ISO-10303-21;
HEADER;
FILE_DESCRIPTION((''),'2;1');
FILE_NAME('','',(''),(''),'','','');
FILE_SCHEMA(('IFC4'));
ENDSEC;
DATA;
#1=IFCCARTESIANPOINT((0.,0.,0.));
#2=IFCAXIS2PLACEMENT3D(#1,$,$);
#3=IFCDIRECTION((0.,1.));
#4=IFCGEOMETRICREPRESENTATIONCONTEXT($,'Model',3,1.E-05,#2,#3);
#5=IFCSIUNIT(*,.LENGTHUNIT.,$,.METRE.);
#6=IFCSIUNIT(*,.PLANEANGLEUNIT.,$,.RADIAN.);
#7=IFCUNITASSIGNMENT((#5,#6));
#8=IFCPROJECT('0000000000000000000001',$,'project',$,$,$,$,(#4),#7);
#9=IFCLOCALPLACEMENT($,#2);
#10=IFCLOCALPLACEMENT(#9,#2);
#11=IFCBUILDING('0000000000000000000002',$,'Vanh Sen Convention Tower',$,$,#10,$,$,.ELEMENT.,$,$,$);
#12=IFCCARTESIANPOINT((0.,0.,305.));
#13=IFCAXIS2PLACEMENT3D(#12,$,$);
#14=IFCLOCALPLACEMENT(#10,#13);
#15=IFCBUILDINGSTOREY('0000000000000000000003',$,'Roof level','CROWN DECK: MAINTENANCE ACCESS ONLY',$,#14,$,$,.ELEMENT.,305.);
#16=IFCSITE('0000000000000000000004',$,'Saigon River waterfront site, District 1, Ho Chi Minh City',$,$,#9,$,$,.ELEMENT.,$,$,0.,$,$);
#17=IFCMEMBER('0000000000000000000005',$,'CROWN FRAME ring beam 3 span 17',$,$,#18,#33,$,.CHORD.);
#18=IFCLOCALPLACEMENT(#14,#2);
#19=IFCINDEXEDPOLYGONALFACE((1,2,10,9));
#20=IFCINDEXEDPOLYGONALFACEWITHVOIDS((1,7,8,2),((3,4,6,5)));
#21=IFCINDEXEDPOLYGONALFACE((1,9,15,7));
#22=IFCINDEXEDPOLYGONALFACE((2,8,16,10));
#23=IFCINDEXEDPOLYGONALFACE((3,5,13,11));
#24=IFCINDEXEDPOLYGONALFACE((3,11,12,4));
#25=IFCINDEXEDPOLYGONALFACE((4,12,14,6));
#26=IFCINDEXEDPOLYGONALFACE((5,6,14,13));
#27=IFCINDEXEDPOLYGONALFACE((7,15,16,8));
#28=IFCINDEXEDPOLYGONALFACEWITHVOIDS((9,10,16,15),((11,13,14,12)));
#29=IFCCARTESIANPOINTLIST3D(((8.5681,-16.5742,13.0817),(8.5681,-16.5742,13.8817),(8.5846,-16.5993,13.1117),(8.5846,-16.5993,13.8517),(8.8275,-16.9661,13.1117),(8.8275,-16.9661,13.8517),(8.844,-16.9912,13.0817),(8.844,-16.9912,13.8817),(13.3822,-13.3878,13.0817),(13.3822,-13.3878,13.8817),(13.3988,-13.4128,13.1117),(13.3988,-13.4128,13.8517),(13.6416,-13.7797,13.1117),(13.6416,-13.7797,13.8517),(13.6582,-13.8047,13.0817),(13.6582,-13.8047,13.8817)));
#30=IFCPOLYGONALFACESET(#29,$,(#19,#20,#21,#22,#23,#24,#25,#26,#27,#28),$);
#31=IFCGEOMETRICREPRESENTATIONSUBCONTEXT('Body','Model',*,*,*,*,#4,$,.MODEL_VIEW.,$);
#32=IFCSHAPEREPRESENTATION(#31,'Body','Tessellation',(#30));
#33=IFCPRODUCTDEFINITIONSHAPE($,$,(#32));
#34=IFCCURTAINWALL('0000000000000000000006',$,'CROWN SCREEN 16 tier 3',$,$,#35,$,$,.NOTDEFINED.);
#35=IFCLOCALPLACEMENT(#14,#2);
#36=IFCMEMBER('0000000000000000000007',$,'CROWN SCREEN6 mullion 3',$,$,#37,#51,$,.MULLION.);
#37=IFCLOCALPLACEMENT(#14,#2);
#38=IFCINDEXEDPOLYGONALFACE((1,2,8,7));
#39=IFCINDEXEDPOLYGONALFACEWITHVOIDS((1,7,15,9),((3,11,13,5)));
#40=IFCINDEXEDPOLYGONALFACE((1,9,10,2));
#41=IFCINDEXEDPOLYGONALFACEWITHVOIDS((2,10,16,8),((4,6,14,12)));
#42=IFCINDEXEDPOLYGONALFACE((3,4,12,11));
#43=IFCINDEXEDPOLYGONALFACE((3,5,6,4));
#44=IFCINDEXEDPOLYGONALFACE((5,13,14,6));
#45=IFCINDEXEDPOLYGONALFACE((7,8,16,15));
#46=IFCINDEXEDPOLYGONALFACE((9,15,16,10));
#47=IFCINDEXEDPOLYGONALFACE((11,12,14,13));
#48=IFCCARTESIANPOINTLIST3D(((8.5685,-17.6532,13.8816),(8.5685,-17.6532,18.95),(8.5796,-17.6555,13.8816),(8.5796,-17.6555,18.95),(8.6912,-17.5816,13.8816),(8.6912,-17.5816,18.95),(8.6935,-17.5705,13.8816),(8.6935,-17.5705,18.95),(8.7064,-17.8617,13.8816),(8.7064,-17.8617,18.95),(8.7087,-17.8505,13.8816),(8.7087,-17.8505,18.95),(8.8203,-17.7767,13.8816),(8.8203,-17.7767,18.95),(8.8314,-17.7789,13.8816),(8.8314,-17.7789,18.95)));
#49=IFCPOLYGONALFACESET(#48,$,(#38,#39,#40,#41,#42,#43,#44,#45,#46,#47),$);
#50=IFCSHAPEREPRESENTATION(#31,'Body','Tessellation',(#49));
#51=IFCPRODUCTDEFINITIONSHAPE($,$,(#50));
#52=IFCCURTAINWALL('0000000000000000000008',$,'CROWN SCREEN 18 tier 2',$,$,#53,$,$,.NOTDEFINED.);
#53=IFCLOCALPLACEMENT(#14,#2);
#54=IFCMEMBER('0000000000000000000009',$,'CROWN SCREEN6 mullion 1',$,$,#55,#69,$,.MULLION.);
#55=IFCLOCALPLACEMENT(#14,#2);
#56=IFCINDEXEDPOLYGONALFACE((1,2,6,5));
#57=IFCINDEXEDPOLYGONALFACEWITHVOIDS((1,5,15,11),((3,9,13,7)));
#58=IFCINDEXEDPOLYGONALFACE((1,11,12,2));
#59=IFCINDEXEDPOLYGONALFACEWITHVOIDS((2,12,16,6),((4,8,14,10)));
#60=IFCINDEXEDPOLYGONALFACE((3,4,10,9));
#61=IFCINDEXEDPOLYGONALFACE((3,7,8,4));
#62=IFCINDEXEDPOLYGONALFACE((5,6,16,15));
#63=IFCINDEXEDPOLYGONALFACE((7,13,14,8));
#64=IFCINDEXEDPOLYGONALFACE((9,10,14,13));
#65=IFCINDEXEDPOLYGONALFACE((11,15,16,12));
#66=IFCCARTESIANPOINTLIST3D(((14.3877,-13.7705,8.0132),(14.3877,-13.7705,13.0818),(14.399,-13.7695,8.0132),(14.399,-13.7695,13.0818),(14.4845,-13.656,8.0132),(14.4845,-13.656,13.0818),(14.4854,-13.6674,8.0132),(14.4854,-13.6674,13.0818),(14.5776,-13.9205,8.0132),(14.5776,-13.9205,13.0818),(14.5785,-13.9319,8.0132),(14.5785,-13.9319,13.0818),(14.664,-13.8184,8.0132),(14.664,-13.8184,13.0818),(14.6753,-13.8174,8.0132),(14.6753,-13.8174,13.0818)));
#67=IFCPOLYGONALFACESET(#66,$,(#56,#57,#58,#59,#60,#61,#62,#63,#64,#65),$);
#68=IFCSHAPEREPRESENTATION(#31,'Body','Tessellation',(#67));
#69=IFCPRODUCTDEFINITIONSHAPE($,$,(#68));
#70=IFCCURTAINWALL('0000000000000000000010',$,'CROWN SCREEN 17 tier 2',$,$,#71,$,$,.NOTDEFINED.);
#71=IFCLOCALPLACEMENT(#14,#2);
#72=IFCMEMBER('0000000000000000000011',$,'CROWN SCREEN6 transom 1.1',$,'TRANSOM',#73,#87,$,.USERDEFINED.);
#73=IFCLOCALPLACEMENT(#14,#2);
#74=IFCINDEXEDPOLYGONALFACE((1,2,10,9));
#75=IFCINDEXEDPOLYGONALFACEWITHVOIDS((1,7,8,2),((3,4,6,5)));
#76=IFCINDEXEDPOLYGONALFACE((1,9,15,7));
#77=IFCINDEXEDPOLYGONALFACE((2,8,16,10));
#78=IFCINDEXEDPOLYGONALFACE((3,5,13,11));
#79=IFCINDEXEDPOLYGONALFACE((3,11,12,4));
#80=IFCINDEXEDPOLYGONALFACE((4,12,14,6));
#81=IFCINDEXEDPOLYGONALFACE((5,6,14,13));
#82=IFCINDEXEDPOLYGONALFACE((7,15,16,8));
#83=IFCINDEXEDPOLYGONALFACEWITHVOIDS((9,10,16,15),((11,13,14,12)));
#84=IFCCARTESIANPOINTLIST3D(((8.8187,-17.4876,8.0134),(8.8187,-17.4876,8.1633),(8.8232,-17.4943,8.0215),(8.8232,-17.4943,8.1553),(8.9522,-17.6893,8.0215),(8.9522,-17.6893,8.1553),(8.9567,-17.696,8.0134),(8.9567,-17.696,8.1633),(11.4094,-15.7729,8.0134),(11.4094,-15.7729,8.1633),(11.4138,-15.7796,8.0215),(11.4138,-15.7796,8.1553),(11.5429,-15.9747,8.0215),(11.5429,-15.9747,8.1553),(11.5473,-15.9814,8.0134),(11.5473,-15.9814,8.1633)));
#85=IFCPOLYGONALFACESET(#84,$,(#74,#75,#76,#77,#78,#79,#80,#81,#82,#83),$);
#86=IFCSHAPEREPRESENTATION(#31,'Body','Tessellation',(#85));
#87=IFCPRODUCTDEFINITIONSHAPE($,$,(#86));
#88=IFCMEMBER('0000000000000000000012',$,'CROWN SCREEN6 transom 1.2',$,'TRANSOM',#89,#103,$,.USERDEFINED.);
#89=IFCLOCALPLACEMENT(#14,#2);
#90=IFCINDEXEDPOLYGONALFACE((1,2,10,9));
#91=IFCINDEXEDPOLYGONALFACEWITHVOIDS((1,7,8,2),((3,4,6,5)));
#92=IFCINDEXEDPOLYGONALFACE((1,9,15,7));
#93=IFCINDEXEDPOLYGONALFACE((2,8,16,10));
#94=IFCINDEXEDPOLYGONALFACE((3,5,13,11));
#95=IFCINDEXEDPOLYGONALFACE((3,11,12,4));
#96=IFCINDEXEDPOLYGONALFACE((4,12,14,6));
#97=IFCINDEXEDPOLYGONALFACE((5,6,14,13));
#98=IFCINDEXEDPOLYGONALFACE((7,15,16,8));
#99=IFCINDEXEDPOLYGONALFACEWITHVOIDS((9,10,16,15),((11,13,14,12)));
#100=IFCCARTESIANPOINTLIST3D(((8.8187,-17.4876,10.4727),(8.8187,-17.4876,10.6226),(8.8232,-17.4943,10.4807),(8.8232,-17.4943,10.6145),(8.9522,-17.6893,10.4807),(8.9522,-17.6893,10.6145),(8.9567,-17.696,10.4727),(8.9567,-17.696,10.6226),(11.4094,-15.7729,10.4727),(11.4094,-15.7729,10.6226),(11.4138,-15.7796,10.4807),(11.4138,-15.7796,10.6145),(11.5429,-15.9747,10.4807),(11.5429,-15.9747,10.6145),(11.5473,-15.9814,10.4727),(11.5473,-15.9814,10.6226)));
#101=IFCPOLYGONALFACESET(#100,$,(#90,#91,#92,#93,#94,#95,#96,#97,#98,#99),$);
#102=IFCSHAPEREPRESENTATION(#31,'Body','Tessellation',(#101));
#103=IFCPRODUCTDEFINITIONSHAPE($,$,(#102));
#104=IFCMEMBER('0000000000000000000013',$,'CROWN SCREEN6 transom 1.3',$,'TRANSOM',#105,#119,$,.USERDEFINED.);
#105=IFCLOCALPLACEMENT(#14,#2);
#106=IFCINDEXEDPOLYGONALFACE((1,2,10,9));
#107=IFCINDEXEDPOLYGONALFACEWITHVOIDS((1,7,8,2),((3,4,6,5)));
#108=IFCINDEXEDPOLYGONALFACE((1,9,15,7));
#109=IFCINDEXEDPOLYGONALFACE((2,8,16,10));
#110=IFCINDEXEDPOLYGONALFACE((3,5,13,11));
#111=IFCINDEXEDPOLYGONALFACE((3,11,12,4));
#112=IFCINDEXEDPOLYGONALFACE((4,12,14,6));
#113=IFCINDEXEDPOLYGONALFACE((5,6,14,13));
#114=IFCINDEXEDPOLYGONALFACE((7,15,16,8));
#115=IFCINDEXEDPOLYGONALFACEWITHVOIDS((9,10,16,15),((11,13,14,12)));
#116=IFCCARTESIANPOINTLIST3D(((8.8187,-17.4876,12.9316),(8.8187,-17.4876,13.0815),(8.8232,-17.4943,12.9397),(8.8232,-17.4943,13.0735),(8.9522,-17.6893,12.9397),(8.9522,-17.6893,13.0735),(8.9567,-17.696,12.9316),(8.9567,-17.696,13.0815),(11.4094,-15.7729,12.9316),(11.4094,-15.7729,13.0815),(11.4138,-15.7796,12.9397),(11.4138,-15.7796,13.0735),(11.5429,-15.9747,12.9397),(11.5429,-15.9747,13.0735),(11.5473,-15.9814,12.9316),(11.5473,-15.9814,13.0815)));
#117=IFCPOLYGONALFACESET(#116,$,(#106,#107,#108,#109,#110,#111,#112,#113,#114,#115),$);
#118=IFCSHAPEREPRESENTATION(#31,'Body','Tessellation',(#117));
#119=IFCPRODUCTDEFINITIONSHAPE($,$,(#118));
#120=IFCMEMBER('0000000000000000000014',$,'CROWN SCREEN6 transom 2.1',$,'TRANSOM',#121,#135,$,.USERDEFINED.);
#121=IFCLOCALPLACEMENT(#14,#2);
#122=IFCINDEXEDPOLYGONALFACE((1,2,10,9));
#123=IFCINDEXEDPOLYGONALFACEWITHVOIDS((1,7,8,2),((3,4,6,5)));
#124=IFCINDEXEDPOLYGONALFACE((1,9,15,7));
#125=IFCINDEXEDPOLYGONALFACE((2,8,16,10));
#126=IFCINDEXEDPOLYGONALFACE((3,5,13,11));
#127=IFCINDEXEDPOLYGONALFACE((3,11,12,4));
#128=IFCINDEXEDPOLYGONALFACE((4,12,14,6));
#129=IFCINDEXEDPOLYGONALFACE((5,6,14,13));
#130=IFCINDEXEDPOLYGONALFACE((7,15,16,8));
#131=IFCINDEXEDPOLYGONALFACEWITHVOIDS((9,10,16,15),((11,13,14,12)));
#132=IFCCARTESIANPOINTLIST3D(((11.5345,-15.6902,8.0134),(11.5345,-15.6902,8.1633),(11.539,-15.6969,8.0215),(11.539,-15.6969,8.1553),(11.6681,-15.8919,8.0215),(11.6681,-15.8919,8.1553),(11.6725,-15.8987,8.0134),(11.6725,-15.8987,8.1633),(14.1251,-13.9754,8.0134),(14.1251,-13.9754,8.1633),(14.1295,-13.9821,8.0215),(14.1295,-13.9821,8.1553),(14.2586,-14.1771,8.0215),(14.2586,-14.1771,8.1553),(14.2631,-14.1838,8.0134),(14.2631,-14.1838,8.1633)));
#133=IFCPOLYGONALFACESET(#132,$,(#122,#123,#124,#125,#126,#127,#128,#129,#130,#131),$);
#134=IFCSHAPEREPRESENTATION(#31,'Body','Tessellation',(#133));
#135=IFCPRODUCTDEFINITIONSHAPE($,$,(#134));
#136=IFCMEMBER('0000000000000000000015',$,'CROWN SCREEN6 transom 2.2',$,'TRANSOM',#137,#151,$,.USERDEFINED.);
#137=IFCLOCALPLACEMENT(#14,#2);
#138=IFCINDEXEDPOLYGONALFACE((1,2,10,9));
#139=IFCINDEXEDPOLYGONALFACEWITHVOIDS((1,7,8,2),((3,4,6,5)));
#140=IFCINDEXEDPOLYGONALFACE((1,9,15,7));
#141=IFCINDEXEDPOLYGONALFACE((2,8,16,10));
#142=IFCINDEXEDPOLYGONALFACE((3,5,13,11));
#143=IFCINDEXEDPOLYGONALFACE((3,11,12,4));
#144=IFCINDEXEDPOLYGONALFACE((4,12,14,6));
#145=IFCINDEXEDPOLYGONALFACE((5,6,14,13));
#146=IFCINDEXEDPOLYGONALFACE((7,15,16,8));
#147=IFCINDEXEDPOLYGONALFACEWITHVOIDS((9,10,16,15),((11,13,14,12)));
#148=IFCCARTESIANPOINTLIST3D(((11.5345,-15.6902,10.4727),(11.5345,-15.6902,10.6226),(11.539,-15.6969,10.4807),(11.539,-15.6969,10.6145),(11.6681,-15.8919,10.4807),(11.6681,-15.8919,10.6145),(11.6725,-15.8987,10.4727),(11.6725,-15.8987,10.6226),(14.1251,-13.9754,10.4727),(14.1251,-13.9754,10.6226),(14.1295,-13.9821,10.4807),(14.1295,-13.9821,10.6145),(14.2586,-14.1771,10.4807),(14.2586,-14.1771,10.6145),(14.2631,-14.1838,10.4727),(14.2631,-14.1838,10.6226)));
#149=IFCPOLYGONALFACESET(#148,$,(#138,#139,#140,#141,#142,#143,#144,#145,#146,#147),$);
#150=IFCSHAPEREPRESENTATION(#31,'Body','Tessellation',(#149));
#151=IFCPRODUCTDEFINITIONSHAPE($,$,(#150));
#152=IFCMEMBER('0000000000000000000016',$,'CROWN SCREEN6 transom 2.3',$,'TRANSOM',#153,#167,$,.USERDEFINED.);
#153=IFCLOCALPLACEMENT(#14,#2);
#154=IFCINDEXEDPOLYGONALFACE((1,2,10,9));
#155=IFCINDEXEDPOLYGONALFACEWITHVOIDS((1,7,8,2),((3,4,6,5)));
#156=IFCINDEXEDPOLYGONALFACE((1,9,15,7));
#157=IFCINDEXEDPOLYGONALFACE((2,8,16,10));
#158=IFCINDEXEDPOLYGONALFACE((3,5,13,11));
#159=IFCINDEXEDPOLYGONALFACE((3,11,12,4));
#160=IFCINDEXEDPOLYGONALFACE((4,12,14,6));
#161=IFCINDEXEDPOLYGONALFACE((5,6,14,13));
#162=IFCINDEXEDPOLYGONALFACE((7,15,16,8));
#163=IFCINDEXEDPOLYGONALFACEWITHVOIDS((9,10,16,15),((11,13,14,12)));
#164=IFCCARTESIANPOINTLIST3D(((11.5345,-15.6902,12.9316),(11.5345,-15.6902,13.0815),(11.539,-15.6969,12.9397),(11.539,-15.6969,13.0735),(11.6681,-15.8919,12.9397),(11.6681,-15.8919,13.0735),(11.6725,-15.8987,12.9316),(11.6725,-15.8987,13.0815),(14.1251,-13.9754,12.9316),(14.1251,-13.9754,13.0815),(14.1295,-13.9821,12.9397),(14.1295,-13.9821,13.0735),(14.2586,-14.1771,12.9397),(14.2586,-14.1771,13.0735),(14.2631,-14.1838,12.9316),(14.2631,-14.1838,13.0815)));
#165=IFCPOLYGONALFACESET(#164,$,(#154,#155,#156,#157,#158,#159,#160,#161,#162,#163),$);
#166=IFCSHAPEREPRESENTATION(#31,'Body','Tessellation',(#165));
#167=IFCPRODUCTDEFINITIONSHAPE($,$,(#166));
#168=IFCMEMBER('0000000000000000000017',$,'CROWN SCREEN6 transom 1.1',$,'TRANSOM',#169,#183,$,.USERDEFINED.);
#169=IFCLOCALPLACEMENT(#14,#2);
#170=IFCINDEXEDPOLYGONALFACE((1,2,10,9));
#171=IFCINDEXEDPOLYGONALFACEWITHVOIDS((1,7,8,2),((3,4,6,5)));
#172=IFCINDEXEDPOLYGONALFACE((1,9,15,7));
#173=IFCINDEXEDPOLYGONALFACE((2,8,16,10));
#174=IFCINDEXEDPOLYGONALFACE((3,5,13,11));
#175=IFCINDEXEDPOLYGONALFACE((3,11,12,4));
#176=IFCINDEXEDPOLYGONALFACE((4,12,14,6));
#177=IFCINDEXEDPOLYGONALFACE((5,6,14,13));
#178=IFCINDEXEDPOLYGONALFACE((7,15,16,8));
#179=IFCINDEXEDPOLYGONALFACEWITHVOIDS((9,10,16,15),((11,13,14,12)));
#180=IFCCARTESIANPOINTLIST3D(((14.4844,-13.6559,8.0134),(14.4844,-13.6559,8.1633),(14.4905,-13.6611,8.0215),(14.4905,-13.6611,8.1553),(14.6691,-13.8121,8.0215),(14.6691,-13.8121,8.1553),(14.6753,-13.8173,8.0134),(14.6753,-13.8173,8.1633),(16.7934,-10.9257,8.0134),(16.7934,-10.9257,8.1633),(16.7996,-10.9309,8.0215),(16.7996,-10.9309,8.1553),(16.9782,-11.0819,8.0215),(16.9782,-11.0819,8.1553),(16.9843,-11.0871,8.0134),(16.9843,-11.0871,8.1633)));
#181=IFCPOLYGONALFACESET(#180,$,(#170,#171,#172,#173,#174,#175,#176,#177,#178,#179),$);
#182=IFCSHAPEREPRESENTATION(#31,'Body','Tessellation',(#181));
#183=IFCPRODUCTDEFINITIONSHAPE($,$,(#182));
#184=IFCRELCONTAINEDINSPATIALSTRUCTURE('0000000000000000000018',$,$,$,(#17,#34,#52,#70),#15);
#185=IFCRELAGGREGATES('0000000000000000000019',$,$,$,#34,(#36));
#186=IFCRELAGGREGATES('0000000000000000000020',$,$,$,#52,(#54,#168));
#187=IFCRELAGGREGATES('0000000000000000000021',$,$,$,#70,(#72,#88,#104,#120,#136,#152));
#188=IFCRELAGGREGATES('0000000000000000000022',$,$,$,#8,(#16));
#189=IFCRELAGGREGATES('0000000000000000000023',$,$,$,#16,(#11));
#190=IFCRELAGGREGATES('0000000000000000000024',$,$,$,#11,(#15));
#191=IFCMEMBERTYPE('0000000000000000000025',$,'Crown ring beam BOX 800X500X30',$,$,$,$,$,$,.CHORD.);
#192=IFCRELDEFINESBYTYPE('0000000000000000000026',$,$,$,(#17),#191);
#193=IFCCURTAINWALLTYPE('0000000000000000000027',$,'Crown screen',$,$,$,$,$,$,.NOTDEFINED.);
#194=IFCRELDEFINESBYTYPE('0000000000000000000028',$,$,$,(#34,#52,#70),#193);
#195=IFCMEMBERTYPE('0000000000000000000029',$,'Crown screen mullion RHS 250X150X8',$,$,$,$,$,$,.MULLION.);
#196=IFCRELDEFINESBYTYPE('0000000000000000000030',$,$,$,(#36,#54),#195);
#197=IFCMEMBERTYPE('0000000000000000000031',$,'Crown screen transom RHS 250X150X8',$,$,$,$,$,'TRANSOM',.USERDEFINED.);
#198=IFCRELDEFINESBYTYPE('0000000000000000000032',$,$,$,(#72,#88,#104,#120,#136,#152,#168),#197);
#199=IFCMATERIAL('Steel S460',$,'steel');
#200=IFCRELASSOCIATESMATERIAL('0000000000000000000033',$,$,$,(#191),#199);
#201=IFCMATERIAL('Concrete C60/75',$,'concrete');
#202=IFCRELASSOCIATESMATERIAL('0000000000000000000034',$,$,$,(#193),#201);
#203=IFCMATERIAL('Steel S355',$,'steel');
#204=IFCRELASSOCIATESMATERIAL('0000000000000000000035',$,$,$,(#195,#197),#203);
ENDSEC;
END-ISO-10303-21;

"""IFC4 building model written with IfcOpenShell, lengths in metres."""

from ifc_helpers import new_model, si_unit, direction, frame, origin, origin_2d, place, context, subcontext, project, spatial, hollow_rectangle, extrude, material, material_profile, profile_set, type_object, element, aggregate, save


model = new_model("IFC4")

# Units and contexts
model_context = context("Model", 3, precision=1e-05, world=origin(), true_north=direction((0.0, 1.0)))
body_context = subcontext(model_context, "Body", "Model", "MODEL_VIEW")
ifc_project = project(units=[si_unit("LENGTHUNIT", "METRE"), si_unit("PLANEANGLEUNIT", "RADIAN")], contexts=[model_context])

# Site, building, storey
site_placement = place(None, origin())
site = spatial("IfcSite", under=ifc_project, at=site_placement, Name="Saigon River waterfront site, District 1, Ho Chi Minh City", CompositionType="ELEMENT", RefElevation=0.0)
building_placement = place(site_placement, origin())
building = spatial("IfcBuilding", under=site, at=building_placement, Name="Vanh Sen Convention Tower", CompositionType="ELEMENT")
storey_placement = place(building_placement, frame((0.0, 0.0, 305.0)))
storey = spatial("IfcBuildingStorey", under=building, at=storey_placement, Name="Roof level", Description="CROWN DECK: MAINTENANCE ACCESS ONLY", CompositionType="ELEMENT", Elevation=305.0)

# Member
ifc_material_1 = material(Name="Steel S460", Category="steel")
ifc_material_profile_1 = material_profile(ifc_material_1, hollow_rectangle(XDim=0.5, YDim=0.8, WallThickness=0.03, at=origin_2d()), Name="BOX 800X500X30")
ifc_profile_set_1 = profile_set([ifc_material_profile_1], Name="Steel S460")
member_type_1 = type_object("IfcMemberType", Name="Crown ring beam BOX 800X500X30", PredefinedType="CHORD", material=ifc_profile_set_1)
member_1_placement = place(storey_placement, frame((8.7061, -16.7827, 13.4817), z_axis=(0.83388, 0.551945, 0.0), x_axis=(-0.551945, 0.83388, 0.0)))
element("IfcMember", 1, at=member_1_placement, inside=storey, type_object=member_type_1, Name="CROWN FRAME ring beam 3 span 17", PredefinedType="CHORD", context=body_context, shape_type="SweptSolid", body=[
    extrude(hollow_rectangle(XDim=0.5, YDim=0.8, WallThickness=0.03, at=origin_2d()), origin(), (0.0, 0.0, 1.0), 5.7732),
])

# Curtain walls, members
ifc_material_2 = material(Name="Concrete C60/75", Category="concrete")
curtain_wall_type = type_object("IfcCurtainWallType", Name="Crown screen", PredefinedType="NOTDEFINED", material=ifc_material_2)
curtain_wall_1_placement = place(storey_placement, origin())
curtain_wall_1 = element("IfcCurtainWall", 2, at=curtain_wall_1_placement, inside=storey, type_object=curtain_wall_type, Name="CROWN SCREEN 16 tier 3", PredefinedType="NOTDEFINED")
ifc_material_3 = material(Name="Steel S355", Category="steel")
ifc_material_profile_2 = material_profile(ifc_material_3, hollow_rectangle(XDim=0.25, YDim=0.1499, WallThickness=0.0081, at=origin_2d()), Name="RHS 250X150X8")
ifc_profile_set_2 = profile_set([ifc_material_profile_2], Name="Steel S355")
member_type_2 = type_object("IfcMemberType", Name="Crown screen mullion RHS 250X150X8", PredefinedType="MULLION", material=ifc_profile_set_2)
member_2_placement = place(storey_placement, frame((8.7, -17.7161, 13.8816), z_axis=(0.0, 0.0, 1.0), x_axis=(-0.55193, 0.83389, 0.0)))
member_2 = element("IfcMember", 3, at=member_2_placement, type_object=member_type_2, Name="CROWN SCREEN6 mullion 3", PredefinedType="MULLION", context=body_context, shape_type="SweptSolid", body=[
    extrude(hollow_rectangle(XDim=0.25, YDim=0.1499, WallThickness=0.0081, at=origin_2d()), origin(), (0.0, 0.0, 1.0), 5.0684),
])
aggregate(curtain_wall_1, [member_2])
curtain_wall_2_placement = place(storey_placement, origin())
curtain_wall_2 = element("IfcCurtainWall", 4, at=curtain_wall_2_placement, inside=storey, type_object=curtain_wall_type, Name="CROWN SCREEN 18 tier 2", PredefinedType="NOTDEFINED")
member_3_placement = place(storey_placement, frame((14.5315, -13.7939, 8.0132), z_axis=(0.0, 0.0, 1.0), x_axis=(-0.763535, 0.645766, 0.0)))
member_3 = element("IfcMember", 5, at=member_3_placement, type_object=member_type_2, Name="CROWN SCREEN6 mullion 1", PredefinedType="MULLION", context=body_context, shape_type="SweptSolid", body=[
    extrude(hollow_rectangle(XDim=0.25, YDim=0.1499, WallThickness=0.0081, at=origin_2d()), origin(), (0.0, 0.0, 1.0), 5.0686),
])

# Curtain wall, members
curtain_wall_3_placement = place(storey_placement, origin())
curtain_wall_3 = element("IfcCurtainWall", 6, at=curtain_wall_3_placement, inside=storey, type_object=curtain_wall_type, Name="CROWN SCREEN 17 tier 2", PredefinedType="NOTDEFINED")
ifc_material_profile_3 = material_profile(ifc_material_3, hollow_rectangle(XDim=0.25, YDim=0.1499, WallThickness=0.0081, at=origin_2d()), Name="RHS 250X150X8")
ifc_profile_set_3 = profile_set([ifc_material_profile_3], Name="Steel S355")
member_type_3 = type_object("IfcMemberType", Name="Crown screen transom RHS 250X150X8", ElementType="TRANSOM", PredefinedType="USERDEFINED", material=ifc_profile_set_3)
member_4_placement = place(storey_placement, frame((8.8877, -17.5918, 8.0884), z_axis=(0.833896, 0.551922, 0.0), x_axis=(-0.551922, 0.833896, 0.0)))
member_4 = element("IfcMember", 7, at=member_4_placement, type_object=member_type_3, Name="CROWN SCREEN6 transom 1.1", ObjectType="TRANSOM", PredefinedType="USERDEFINED", context=body_context, shape_type="SweptSolid", body=[
    extrude(hollow_rectangle(XDim=0.25, YDim=0.1499, WallThickness=0.0081, at=origin_2d()), origin(), (0.0, 0.0, 1.0), 3.1067),
])
member_5_placement = place(storey_placement, frame((8.8877, -17.5918, 10.5476), z_axis=(0.833896, 0.551922, 0.0), x_axis=(-0.551922, 0.833896, 0.0)))
member_5 = element("IfcMember", 8, at=member_5_placement, type_object=member_type_3, Name="CROWN SCREEN6 transom 1.2", ObjectType="TRANSOM", PredefinedType="USERDEFINED", context=body_context, shape_type="SweptSolid", body=[
    extrude(hollow_rectangle(XDim=0.25, YDim=0.1499, WallThickness=0.0081, at=origin_2d()), origin(), (0.0, 0.0, 1.0), 3.1067),
])
member_6_placement = place(storey_placement, frame((8.8877, -17.5918, 13.0066), z_axis=(0.833896, 0.551922, 0.0), x_axis=(-0.551922, 0.833896, 0.0)))
member_6 = element("IfcMember", 9, at=member_6_placement, type_object=member_type_3, Name="CROWN SCREEN6 transom 1.3", ObjectType="TRANSOM", PredefinedType="USERDEFINED", context=body_context, shape_type="SweptSolid", body=[
    extrude(hollow_rectangle(XDim=0.25, YDim=0.1499, WallThickness=0.0081, at=origin_2d()), origin(), (0.0, 0.0, 1.0), 3.1067),
])
member_7_placement = place(storey_placement, frame((11.6035, -15.7944, 8.0884), z_axis=(0.833859, 0.551977, 0.0), x_axis=(-0.551977, 0.833859, 0.0)))
member_7 = element("IfcMember", 10, at=member_7_placement, type_object=member_type_3, Name="CROWN SCREEN6 transom 2.1", ObjectType="TRANSOM", PredefinedType="USERDEFINED", context=body_context, shape_type="SweptSolid", body=[
    extrude(hollow_rectangle(XDim=0.25, YDim=0.1499, WallThickness=0.0081, at=origin_2d()), origin(), (0.0, 0.0, 1.0), 3.1067),
])
member_8_placement = place(storey_placement, frame((11.6035, -15.7944, 10.5476), z_axis=(0.833859, 0.551977, 0.0), x_axis=(-0.551977, 0.833859, 0.0)))
member_8 = element("IfcMember", 11, at=member_8_placement, type_object=member_type_3, Name="CROWN SCREEN6 transom 2.2", ObjectType="TRANSOM", PredefinedType="USERDEFINED", context=body_context, shape_type="SweptSolid", body=[
    extrude(hollow_rectangle(XDim=0.25, YDim=0.1499, WallThickness=0.0081, at=origin_2d()), origin(), (0.0, 0.0, 1.0), 3.1067),
])
member_9_placement = place(storey_placement, frame((11.6035, -15.7944, 13.0066), z_axis=(0.833859, 0.551977, 0.0), x_axis=(-0.551977, 0.833859, 0.0)))
member_9 = element("IfcMember", 12, at=member_9_placement, type_object=member_type_3, Name="CROWN SCREEN6 transom 2.3", ObjectType="TRANSOM", PredefinedType="USERDEFINED", context=body_context, shape_type="SweptSolid", body=[
    extrude(hollow_rectangle(XDim=0.25, YDim=0.1499, WallThickness=0.0081, at=origin_2d()), origin(), (0.0, 0.0, 1.0), 3.1067),
])

# Member
member_10_placement = place(storey_placement, frame((14.5798, -13.7366, 8.0884), z_axis=(0.645762, 0.763539, 0.0), x_axis=(-0.763539, 0.645762, 0.0)))
member_10 = element("IfcMember", 13, at=member_10_placement, type_object=member_type_3, Name="CROWN SCREEN6 transom 1.1", ObjectType="TRANSOM", PredefinedType="USERDEFINED", context=body_context, shape_type="SweptSolid", body=[
    extrude(hollow_rectangle(XDim=0.25, YDim=0.1499, WallThickness=0.0081, at=origin_2d()), origin(), (0.0, 0.0, 1.0), 3.5757),
])
aggregate(curtain_wall_2, [member_3, member_10])

aggregate(curtain_wall_3, [member_4, member_5, member_6, member_7, member_8, member_9])

save(model, "model.ifc")
